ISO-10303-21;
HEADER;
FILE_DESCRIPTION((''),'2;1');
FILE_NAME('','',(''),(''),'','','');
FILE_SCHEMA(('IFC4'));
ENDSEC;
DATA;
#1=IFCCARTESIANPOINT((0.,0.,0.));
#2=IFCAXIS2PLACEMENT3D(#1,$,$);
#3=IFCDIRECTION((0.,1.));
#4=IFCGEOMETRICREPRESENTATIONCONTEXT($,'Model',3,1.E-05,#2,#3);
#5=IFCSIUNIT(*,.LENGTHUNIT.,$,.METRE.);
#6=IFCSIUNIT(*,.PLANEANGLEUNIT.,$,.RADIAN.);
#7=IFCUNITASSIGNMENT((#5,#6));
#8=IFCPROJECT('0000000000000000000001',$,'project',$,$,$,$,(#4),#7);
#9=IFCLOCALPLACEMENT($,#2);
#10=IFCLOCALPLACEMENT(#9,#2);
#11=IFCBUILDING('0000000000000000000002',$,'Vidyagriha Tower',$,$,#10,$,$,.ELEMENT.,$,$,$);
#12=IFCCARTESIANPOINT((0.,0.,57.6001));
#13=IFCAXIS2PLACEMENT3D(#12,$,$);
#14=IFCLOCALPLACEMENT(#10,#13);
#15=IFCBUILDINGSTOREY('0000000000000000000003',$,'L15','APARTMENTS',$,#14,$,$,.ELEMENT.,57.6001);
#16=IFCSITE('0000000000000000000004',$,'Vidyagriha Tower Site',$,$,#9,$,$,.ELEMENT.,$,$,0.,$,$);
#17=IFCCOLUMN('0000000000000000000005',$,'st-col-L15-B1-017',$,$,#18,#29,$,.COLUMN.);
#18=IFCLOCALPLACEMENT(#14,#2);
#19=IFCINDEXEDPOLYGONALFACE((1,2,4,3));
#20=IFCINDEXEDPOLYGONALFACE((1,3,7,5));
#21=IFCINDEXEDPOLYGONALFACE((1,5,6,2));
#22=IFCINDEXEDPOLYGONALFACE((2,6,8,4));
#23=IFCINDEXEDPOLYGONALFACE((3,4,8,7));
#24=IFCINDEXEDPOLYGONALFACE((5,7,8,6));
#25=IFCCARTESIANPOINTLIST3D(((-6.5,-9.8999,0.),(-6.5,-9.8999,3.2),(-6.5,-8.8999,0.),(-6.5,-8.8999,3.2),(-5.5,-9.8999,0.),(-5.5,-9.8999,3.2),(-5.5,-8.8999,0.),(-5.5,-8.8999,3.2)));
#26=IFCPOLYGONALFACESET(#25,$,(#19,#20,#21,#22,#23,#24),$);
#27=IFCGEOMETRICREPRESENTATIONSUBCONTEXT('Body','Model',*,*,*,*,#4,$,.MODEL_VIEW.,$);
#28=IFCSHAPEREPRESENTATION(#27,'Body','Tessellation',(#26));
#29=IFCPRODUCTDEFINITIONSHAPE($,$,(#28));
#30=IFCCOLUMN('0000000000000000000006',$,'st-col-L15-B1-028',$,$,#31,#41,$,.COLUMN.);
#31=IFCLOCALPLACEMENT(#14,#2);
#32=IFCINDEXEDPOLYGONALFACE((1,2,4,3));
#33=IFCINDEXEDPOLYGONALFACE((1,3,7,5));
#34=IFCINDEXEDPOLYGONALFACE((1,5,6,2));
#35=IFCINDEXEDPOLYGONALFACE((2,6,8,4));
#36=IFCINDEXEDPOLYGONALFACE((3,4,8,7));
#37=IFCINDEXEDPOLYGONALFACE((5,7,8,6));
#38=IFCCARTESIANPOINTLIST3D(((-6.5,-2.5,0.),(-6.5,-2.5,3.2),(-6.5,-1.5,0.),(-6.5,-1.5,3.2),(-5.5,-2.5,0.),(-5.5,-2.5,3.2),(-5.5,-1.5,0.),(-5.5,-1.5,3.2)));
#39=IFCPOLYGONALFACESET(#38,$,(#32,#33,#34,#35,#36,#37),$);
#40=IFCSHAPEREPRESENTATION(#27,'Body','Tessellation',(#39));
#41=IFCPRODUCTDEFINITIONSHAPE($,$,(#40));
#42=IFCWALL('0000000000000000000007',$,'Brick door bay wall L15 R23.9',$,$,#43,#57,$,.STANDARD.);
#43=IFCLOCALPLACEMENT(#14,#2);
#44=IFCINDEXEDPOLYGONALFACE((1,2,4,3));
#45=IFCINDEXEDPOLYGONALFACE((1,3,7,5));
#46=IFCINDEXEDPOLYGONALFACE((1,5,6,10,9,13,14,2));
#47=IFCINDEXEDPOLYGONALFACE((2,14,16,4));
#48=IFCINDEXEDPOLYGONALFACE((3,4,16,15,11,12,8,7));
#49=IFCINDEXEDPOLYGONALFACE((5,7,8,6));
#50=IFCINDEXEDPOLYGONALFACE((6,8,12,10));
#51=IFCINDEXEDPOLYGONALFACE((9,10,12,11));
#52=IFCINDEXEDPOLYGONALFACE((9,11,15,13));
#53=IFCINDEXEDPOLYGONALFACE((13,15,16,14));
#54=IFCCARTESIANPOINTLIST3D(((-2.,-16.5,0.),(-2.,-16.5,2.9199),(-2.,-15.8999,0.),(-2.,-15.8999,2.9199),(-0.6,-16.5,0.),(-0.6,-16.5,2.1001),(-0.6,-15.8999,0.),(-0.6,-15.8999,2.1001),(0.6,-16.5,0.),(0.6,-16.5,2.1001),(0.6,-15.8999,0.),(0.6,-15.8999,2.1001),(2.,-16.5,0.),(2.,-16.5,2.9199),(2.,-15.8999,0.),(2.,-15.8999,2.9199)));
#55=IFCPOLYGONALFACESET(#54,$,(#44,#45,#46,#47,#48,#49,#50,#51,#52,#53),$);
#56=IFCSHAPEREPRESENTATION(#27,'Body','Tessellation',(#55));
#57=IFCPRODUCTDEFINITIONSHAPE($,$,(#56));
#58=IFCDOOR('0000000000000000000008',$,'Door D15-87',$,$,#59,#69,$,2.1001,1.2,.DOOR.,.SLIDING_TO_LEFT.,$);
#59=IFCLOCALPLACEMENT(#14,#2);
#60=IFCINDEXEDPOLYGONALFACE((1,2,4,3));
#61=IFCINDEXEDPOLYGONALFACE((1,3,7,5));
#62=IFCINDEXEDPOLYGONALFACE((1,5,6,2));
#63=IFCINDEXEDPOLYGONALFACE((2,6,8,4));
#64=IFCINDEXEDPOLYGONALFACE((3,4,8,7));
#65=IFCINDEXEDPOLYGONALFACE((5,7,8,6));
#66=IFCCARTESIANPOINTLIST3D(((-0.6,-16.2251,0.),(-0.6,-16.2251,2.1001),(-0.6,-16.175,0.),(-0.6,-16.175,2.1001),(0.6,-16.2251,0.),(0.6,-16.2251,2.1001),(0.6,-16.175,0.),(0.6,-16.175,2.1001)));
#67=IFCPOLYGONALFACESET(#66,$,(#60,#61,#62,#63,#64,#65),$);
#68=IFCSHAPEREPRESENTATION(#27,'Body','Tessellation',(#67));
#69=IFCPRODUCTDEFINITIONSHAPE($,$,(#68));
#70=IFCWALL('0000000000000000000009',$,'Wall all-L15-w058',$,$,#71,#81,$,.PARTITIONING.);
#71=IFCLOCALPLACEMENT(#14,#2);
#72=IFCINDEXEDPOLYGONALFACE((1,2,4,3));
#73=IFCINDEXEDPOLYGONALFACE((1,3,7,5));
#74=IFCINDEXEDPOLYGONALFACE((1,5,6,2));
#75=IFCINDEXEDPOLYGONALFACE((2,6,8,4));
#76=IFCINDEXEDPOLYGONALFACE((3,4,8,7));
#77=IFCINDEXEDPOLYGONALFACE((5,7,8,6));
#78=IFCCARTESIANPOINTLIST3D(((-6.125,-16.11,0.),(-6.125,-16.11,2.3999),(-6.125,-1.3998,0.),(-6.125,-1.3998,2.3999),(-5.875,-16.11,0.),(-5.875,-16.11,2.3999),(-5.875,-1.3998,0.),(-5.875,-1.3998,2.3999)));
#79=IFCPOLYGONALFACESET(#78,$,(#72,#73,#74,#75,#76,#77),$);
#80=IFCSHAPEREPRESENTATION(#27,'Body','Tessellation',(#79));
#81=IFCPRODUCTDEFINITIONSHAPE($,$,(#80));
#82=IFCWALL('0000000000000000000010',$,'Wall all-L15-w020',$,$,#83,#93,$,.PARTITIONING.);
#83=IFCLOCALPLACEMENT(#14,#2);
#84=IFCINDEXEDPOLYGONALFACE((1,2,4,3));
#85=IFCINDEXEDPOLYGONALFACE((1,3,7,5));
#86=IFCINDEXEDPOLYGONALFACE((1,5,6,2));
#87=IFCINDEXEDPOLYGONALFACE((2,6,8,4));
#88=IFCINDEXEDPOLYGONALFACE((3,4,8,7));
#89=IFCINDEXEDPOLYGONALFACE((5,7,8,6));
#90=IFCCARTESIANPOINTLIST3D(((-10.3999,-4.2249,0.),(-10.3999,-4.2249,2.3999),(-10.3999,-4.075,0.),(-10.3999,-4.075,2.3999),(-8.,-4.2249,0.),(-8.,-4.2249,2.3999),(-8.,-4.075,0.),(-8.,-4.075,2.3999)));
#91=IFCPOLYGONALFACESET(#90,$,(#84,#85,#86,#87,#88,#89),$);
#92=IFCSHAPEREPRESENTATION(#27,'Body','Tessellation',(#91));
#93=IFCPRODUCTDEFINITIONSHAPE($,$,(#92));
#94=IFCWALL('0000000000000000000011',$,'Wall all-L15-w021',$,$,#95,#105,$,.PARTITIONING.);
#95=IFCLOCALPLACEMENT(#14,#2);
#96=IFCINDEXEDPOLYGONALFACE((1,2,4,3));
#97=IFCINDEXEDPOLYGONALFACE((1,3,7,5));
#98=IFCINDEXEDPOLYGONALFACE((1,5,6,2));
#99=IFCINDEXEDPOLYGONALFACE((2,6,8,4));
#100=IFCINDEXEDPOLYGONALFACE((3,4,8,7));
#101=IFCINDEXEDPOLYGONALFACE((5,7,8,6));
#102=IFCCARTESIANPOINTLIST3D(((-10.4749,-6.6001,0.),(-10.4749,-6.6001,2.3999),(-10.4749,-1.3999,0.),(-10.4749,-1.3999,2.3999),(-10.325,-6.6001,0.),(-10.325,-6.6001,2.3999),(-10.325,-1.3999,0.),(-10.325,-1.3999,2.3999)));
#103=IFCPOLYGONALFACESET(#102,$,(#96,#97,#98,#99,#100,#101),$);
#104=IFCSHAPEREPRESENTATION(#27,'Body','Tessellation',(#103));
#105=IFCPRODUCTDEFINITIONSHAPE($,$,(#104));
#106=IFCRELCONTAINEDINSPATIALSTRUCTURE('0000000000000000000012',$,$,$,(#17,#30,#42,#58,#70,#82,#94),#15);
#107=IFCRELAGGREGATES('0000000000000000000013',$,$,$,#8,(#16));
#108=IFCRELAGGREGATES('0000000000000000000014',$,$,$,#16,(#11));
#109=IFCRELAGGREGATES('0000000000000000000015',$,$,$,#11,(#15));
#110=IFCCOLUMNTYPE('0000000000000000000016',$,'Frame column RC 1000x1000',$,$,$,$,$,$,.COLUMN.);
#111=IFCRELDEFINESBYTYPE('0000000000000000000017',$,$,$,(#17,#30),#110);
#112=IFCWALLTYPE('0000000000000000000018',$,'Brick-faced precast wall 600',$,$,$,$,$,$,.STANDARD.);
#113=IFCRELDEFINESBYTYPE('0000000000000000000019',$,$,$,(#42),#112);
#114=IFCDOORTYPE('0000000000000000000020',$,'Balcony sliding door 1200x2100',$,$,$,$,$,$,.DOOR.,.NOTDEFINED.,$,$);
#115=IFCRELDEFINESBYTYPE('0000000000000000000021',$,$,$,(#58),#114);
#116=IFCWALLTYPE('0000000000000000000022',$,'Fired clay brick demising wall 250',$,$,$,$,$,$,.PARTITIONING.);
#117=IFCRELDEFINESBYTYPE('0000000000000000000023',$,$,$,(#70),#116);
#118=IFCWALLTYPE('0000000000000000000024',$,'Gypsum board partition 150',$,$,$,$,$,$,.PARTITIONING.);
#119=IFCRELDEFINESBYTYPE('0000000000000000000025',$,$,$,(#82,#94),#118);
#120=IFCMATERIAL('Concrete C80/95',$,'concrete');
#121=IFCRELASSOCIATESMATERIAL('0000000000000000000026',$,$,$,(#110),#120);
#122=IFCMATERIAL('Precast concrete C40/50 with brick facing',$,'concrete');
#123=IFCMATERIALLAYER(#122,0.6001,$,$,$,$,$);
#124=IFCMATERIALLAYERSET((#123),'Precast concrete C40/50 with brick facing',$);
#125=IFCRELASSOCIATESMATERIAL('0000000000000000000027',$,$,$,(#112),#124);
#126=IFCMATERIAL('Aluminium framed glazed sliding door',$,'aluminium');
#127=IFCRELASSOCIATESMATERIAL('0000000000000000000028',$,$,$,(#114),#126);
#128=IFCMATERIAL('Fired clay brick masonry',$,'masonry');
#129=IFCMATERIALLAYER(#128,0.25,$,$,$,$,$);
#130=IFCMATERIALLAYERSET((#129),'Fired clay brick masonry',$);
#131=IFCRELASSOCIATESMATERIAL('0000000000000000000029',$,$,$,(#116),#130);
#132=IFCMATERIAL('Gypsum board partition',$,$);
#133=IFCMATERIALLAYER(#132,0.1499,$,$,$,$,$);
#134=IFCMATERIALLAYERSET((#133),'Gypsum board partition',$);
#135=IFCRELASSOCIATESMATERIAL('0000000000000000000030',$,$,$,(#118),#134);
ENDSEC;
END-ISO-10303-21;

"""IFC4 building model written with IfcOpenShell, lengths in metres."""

from ifc_helpers import new_model, si_unit, direction, frame, frame_2d, origin, origin_2d, place, context, subcontext, project, spatial, rectangle, extrude, material, layer, layer_set, material_profile, profile_set, type_object, element, fill, save


model = new_model("IFC4")

# Units and contexts
model_context = context("Model", 3, precision=1e-05, world=origin(), true_north=direction((0.0, 1.0)))
body_context = subcontext(model_context, "Body", "Model", "MODEL_VIEW")
ifc_project = project(units=[si_unit("LENGTHUNIT", "METRE"), si_unit("PLANEANGLEUNIT", "RADIAN")], contexts=[model_context])

# Site, building, storey
site_placement = place(None, origin())
site = spatial("IfcSite", under=ifc_project, at=site_placement, Name="Vidyagriha Tower Site", CompositionType="ELEMENT", RefElevation=0.0)
building_placement = place(site_placement, origin())
building = spatial("IfcBuilding", under=site, at=building_placement, Name="Vidyagriha Tower", CompositionType="ELEMENT")
storey_placement = place(building_placement, frame((0.0, 0.0, 57.6001)))
storey = spatial("IfcBuildingStorey", under=building, at=storey_placement, Name="L15", Description="APARTMENTS", CompositionType="ELEMENT", Elevation=57.6001)

# Columns
ifc_material_1 = material(Name="Concrete C80/95", Category="concrete")
ifc_material_profile = material_profile(ifc_material_1, rectangle(XDim=1.0, YDim=1.0, at=origin_2d()), Name="RC 1000x1000")
ifc_profile_set = profile_set([ifc_material_profile], Name="Concrete C80/95")
column_type = type_object("IfcColumnType", Name="Frame column RC 1000x1000", PredefinedType="COLUMN", material=ifc_profile_set)
for number, where, name in (
    (1, (-6.0, -9.3999, 0.0), "st-col-L15-B1-017"),
    (2, (-6.0, -2.0, 0.0), "st-col-L15-B1-028"),
):
    element("IfcColumn", number, at=place(storey_placement, frame(where)), inside=storey, type_object=column_type, Name=name, PredefinedType="COLUMN", context=body_context, shape_type="SweptSolid", body=[
        extrude(rectangle(XDim=1.0, YDim=1.0, at=origin_2d()), origin(), (0.0, 0.0, 1.0), 3.2),
    ])

# Wall, opening, door
ifc_material_2 = material(Name="Precast concrete C40/50 with brick facing", Category="concrete")
ifc_layer_1 = layer(ifc_material_2, 0.6001)
ifc_layer_set_1 = layer_set([ifc_layer_1], Name="Precast concrete C40/50 with brick facing")
wall_type_1 = type_object("IfcWallType", Name="Brick-faced precast wall 600", PredefinedType="STANDARD", material=ifc_layer_set_1)
wall_1_placement = place(storey_placement, frame((-2.0, -16.2, 0.0)))
wall_1 = element("IfcWall", 3, at=wall_1_placement, inside=storey, type_object=wall_type_1, Name="Brick door bay wall L15 R23.9", PredefinedType="STANDARD", context=body_context, shape_type="SweptSolid", body=[
    extrude(rectangle(XDim=4.0, YDim=0.6001, at=frame_2d((2.0, 0.0))), origin(), (0.0, 0.0, 1.0), 2.9199),
])
opening_1_placement = place(wall_1_placement, frame((1.3999, 0.0, 0.0)))
opening_1 = element("IfcOpeningElement", 4, at=opening_1_placement, cuts=wall_1, PredefinedType="OPENING", context=body_context, shape_type="SweptSolid", body=[
    extrude(rectangle(XDim=1.2, YDim=2.1001, at=frame_2d((0.6001, 1.05))), frame((0.0, 0.3101, 0.0), z_axis=(0.0, -1.0, 0.0), x_axis=(1.0, 0.0, 0.0)), (0.0, 0.0, 1.0), 0.6201),
])
ifc_material_3 = material(Name="Aluminium framed glazed sliding door", Category="aluminium")
door_type_1 = type_object("IfcDoorType", Name="Balcony sliding door 1200x2100", OperationType="NOTDEFINED", PredefinedType="DOOR", material=ifc_material_3)
door_1_placement = place(opening_1_placement, origin())
door_1 = element("IfcDoor", 5, at=door_1_placement, inside=storey, type_object=door_type_1, Name="Door D15-87", OperationType="SLIDING_TO_LEFT", OverallHeight=2.1001, OverallWidth=1.2, PredefinedType="DOOR", context=body_context, shape_type="SweptSolid", body=[
    extrude(rectangle(XDim=1.2, YDim=2.1001, at=frame_2d((0.6001, 1.05))), frame((0.0, 0.0249, 0.0), z_axis=(0.0, -1.0, 0.0), x_axis=(1.0, 0.0, 0.0)), (0.0, 0.0, 1.0), 0.05),
])
fill(opening_1, door_1)

# Walls
ifc_material_4 = material(Name="Fired clay brick masonry", Category="masonry")
ifc_layer_2 = layer(ifc_material_4, 0.25)
ifc_layer_set_2 = layer_set([ifc_layer_2], Name="Fired clay brick masonry")
wall_type_2 = type_object("IfcWallType", Name="Fired clay brick demising wall 250", PredefinedType="PARTITIONING", material=ifc_layer_set_2)
wall_2_placement = place(storey_placement, frame((-6.0, -1.3999, 0.0), z_axis=(0.0, 0.0, 1.0), x_axis=(0.0, -1.0, 0.0)))
element("IfcWall", 6, at=wall_2_placement, inside=storey, type_object=wall_type_2, Name="Wall all-L15-w058", PredefinedType="PARTITIONING", context=body_context, shape_type="SweptSolid", body=[
    extrude(rectangle(XDim=14.7102, YDim=0.25, at=frame_2d((7.355, 0.0))), origin(), (0.0, 0.0, 1.0), 2.3999),
])
ifc_material_5 = material(Name="Gypsum board partition")
ifc_layer_3 = layer(ifc_material_5, 0.1499)
ifc_layer_set_3 = layer_set([ifc_layer_3], Name="Gypsum board partition")
wall_type_3 = type_object("IfcWallType", Name="Gypsum board partition 150", PredefinedType="PARTITIONING", material=ifc_layer_set_3)
wall_3_placement = place(storey_placement, frame((-8.0, -4.1499, 0.0), z_axis=(0.0, 0.0, 1.0), x_axis=(-1.0, 0.0, 0.0)))
element("IfcWall", 7, at=wall_3_placement, inside=storey, type_object=wall_type_3, Name="Wall all-L15-w020", PredefinedType="PARTITIONING", context=body_context, shape_type="SweptSolid", body=[
    extrude(rectangle(XDim=2.3999, YDim=0.1499, at=frame_2d((1.2, 0.0))), origin(), (0.0, 0.0, 1.0), 2.3999),
])
wall_4_placement = place(storey_placement, frame((-10.3999, -6.6001, 0.0), z_axis=(0.0, 0.0, 1.0), x_axis=(0.0, 1.0, 0.0)))
element("IfcWall", 8, at=wall_4_placement, inside=storey, type_object=wall_type_3, Name="Wall all-L15-w021", PredefinedType="PARTITIONING", context=body_context, shape_type="SweptSolid", body=[
    extrude(rectangle(XDim=5.2002, YDim=0.1499, at=frame_2d((2.6001, 0.0))), origin(), (0.0, 0.0, 1.0), 2.3999),
])

save(model, "model.ifc")
